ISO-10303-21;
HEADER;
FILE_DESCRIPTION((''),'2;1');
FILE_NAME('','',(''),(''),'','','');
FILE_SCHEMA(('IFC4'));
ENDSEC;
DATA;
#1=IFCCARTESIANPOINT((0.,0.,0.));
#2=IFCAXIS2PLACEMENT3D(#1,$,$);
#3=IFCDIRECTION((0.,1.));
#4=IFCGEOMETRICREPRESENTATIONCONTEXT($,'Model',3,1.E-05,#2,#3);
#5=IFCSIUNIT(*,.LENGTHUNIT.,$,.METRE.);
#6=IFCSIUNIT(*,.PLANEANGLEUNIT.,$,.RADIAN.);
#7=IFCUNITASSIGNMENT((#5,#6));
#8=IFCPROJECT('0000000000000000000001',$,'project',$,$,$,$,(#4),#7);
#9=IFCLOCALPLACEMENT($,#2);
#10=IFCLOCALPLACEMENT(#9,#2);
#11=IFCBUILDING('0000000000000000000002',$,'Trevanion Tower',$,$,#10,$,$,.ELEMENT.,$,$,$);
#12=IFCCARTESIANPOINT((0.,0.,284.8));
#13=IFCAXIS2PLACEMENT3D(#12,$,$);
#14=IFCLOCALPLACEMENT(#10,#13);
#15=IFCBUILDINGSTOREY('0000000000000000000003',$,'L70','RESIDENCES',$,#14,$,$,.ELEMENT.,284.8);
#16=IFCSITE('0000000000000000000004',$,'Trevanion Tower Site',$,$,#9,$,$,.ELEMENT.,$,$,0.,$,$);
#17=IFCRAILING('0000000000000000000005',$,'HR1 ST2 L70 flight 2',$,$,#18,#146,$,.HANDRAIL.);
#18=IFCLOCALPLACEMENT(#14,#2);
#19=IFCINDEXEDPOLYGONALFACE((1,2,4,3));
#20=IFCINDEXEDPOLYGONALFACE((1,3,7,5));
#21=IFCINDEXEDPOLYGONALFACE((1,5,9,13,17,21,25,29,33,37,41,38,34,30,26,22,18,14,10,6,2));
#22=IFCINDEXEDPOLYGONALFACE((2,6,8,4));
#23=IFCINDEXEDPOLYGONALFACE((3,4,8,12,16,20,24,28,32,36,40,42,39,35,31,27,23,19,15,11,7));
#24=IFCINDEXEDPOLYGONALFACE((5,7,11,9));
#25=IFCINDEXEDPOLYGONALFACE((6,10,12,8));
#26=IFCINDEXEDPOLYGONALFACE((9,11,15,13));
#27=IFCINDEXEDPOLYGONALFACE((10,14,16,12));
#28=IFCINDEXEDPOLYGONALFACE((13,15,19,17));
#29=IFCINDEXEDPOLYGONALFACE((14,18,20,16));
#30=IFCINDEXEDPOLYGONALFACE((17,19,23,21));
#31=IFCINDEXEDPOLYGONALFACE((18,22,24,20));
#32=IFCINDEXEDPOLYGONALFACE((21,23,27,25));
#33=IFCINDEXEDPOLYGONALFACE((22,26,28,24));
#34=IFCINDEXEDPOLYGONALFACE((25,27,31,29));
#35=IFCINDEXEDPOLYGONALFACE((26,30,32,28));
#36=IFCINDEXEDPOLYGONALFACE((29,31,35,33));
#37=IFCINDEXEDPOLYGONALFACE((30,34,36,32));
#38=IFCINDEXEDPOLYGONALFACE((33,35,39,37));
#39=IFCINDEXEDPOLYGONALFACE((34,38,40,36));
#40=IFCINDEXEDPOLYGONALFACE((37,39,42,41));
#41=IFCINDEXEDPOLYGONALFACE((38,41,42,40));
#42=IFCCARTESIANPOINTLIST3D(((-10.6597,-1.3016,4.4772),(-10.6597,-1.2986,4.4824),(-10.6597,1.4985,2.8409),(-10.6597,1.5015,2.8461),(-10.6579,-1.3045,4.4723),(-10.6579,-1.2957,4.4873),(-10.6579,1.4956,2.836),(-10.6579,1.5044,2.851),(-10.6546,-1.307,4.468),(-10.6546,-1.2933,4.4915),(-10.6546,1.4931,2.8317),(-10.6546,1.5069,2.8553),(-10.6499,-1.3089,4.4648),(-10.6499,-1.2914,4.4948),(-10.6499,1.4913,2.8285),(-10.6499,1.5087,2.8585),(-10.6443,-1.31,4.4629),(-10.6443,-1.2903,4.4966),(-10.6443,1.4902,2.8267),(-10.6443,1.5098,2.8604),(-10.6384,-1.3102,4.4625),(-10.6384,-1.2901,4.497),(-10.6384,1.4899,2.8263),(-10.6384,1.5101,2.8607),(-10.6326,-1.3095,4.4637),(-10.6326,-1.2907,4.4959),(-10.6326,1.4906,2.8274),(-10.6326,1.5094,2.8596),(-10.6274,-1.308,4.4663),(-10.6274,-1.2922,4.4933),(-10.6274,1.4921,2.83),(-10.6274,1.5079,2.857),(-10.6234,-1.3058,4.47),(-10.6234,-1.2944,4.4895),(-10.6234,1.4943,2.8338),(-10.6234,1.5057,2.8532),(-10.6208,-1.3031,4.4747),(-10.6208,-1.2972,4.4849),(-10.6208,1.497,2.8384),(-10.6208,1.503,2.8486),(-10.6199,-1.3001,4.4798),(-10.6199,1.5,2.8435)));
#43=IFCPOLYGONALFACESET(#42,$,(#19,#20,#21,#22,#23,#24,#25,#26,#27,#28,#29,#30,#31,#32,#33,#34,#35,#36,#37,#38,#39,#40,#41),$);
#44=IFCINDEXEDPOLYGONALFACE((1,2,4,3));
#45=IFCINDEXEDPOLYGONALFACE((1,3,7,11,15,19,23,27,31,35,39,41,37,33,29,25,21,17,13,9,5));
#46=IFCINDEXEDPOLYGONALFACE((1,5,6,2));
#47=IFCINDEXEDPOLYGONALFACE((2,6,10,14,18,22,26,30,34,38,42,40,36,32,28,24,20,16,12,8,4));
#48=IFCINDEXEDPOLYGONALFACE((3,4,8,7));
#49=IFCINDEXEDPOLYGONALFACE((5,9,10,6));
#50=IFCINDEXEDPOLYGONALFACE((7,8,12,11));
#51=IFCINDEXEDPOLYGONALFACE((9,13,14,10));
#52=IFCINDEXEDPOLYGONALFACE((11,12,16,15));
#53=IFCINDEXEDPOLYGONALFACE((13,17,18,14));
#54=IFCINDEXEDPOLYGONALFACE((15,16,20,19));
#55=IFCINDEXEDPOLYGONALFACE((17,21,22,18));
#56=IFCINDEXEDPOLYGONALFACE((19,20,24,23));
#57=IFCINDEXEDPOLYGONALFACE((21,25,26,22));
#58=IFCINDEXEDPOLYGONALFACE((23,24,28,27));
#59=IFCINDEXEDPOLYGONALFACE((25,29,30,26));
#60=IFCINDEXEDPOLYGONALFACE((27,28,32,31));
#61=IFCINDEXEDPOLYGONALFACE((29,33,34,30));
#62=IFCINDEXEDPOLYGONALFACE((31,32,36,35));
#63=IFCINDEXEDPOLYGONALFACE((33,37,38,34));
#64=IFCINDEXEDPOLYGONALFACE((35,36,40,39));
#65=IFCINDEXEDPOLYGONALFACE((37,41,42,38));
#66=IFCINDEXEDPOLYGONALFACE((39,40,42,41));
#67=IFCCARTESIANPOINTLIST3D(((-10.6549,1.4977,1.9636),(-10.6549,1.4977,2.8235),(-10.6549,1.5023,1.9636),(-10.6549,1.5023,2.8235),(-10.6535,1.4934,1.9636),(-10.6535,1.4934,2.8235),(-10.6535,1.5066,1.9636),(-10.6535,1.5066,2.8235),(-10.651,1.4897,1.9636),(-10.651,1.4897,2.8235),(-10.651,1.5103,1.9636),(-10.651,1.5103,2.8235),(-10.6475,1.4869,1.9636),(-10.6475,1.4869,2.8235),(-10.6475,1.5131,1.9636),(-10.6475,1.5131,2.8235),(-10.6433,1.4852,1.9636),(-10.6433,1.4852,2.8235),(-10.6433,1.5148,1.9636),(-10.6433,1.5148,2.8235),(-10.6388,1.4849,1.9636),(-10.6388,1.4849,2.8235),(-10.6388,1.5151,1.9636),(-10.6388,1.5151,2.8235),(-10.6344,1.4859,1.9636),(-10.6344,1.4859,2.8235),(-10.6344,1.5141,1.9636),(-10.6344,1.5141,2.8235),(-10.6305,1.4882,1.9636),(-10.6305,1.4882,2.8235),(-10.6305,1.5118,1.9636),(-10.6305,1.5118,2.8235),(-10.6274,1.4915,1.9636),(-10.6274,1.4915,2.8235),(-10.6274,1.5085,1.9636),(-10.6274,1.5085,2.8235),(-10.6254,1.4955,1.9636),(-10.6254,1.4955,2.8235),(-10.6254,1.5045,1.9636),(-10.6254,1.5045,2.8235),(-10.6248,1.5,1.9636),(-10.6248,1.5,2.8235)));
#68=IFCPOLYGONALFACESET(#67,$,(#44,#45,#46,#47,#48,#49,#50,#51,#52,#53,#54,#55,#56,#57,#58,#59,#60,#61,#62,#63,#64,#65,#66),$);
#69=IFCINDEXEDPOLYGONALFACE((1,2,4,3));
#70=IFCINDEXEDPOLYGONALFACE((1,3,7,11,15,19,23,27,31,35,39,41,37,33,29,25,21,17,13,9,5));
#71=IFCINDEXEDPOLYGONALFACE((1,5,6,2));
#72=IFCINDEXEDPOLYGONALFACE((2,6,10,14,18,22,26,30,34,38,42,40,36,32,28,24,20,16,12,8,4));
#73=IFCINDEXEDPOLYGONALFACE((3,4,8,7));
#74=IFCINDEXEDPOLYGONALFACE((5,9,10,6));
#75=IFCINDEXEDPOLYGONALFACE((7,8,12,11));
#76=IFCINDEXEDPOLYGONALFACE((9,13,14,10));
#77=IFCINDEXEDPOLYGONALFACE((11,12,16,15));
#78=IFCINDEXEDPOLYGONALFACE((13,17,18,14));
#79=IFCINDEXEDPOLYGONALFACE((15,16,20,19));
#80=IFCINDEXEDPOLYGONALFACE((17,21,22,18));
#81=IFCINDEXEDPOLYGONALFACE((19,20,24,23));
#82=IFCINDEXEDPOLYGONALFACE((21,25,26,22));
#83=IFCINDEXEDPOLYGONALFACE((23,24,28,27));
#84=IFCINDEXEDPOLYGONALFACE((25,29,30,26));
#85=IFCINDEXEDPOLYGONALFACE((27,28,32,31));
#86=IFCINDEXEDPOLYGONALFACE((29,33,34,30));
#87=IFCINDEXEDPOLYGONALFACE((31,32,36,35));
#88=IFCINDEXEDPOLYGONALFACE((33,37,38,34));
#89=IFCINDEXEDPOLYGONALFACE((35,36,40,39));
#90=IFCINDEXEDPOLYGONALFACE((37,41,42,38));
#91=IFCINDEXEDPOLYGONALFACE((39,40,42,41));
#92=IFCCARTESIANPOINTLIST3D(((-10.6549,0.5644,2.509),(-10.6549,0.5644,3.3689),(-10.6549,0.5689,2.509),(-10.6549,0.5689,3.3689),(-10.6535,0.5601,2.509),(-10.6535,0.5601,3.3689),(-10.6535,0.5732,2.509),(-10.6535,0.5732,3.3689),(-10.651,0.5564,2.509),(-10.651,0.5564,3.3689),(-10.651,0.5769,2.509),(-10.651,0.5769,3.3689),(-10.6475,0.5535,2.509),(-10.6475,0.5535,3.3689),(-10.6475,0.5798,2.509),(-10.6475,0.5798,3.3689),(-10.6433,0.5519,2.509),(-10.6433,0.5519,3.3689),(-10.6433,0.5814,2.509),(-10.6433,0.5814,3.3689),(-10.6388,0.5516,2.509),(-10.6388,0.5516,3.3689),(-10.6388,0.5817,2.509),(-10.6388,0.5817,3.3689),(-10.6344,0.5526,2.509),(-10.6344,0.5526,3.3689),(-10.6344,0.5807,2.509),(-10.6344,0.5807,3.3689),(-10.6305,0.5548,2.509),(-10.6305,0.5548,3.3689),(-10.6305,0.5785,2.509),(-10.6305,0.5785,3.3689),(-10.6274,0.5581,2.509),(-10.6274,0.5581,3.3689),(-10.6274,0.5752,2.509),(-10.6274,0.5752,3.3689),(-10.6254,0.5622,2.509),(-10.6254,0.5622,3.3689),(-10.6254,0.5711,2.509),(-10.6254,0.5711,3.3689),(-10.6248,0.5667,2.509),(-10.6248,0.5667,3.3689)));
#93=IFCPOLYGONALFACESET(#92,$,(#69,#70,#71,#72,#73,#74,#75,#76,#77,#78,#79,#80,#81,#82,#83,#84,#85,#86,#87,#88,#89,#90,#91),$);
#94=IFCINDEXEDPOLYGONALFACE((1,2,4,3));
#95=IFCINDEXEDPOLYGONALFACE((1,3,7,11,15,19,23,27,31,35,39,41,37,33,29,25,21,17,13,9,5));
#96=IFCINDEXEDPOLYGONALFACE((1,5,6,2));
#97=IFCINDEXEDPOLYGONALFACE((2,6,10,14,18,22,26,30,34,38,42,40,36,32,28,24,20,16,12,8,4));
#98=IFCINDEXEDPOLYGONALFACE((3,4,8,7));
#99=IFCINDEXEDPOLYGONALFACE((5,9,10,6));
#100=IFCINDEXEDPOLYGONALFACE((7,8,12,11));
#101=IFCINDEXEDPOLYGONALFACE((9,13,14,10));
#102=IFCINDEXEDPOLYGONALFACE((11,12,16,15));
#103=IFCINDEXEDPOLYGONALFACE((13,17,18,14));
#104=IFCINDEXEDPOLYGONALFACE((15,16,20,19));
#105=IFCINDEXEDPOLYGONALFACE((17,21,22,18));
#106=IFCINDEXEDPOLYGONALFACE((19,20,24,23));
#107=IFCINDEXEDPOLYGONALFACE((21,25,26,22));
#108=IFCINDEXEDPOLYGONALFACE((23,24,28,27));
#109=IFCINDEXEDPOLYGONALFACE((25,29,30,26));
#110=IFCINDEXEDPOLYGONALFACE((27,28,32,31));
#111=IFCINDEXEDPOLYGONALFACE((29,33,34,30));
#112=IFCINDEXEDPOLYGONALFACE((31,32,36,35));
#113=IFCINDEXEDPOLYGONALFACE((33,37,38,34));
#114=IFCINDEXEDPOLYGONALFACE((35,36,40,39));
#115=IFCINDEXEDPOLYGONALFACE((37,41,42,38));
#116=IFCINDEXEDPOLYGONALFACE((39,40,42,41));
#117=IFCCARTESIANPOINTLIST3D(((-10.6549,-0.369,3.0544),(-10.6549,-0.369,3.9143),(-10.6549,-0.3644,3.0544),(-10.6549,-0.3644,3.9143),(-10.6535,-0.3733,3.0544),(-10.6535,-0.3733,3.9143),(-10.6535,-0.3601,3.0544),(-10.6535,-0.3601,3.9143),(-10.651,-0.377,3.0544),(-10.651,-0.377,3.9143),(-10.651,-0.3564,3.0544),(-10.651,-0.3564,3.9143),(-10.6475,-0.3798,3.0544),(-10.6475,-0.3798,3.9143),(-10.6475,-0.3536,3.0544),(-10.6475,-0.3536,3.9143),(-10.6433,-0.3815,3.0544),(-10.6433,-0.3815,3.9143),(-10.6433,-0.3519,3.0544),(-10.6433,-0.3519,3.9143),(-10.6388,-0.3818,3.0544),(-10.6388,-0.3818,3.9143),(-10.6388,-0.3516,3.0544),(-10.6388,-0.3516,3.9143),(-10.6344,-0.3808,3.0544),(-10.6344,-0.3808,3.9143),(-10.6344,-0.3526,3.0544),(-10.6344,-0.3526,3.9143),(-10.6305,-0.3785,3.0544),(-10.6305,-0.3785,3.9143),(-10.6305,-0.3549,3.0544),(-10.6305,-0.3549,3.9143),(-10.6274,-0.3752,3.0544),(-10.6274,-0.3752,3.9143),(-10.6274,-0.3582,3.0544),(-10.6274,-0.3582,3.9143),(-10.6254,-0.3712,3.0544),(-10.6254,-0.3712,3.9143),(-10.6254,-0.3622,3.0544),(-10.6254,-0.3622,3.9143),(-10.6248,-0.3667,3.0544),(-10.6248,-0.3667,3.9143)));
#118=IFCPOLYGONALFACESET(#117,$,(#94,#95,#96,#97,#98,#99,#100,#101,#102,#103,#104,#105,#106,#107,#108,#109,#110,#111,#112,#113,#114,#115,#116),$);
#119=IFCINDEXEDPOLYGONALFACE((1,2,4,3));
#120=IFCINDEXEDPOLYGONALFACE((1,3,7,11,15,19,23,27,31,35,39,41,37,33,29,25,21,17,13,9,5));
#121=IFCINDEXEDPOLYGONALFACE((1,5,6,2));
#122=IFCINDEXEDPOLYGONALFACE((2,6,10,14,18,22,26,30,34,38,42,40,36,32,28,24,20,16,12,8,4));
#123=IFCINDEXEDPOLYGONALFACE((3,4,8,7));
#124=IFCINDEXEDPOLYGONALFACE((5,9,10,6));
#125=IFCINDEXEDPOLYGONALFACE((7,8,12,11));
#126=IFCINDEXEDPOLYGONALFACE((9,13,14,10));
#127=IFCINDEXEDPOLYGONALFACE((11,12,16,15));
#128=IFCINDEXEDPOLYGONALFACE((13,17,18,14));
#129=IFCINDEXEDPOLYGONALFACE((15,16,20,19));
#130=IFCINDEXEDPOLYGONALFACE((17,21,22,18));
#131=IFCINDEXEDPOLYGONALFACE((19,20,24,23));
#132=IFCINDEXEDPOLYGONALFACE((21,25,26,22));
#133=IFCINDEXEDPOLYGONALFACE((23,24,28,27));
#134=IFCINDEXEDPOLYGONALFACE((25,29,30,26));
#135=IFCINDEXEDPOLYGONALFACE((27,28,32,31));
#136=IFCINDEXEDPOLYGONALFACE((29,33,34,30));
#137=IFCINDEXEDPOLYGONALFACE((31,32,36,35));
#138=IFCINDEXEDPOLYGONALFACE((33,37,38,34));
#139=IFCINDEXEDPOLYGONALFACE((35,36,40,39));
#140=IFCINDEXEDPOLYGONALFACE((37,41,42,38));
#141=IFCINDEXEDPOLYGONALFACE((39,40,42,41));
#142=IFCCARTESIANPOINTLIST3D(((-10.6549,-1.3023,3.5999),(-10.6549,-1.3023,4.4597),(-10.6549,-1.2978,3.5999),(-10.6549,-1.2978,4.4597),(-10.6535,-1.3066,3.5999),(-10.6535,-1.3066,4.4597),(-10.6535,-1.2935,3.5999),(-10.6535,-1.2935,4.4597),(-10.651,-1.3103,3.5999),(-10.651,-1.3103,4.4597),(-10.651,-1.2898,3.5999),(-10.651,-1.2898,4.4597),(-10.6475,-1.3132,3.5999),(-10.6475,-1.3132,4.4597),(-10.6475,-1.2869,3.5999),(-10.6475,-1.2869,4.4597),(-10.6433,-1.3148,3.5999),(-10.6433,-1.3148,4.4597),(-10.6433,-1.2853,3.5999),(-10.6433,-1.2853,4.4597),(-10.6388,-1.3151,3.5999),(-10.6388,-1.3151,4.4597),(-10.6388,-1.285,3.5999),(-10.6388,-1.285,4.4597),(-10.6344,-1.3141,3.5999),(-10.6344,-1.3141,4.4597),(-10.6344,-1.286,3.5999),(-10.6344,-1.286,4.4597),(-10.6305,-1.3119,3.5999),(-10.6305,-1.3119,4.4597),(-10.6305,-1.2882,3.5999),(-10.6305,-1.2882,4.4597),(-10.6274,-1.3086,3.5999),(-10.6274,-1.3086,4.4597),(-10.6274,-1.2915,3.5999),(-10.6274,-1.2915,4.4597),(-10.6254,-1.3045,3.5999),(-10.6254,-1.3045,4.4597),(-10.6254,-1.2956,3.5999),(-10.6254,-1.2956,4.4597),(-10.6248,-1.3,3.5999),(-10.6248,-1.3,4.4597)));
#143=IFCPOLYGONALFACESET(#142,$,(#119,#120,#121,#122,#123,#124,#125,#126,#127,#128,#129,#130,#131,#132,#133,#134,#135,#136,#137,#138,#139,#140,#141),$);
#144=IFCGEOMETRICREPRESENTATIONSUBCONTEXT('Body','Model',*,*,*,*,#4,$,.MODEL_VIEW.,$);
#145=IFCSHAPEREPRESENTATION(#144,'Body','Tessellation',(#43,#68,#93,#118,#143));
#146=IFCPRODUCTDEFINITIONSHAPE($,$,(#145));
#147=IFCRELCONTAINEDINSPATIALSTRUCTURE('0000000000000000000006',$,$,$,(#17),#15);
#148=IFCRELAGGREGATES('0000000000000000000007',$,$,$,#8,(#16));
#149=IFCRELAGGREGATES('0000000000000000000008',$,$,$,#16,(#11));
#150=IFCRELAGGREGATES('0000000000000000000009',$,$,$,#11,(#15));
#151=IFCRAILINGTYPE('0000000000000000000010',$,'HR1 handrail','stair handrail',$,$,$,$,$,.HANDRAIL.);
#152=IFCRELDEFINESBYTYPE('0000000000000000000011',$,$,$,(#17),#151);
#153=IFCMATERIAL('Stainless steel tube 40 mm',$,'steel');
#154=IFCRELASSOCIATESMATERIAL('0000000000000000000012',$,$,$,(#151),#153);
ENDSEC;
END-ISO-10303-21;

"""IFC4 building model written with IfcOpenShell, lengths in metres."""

from ifc_helpers import new_model, si_unit, direction, frame, origin, origin_2d, place, context, subcontext, project, spatial, circle, extrude, material, type_object, element, save


model = new_model("IFC4")

# Units and contexts
model_context = context("Model", 3, precision=1e-05, world=origin(), true_north=direction((0.0, 1.0)))
body_context = subcontext(model_context, "Body", "Model", "MODEL_VIEW")
ifc_project = project(units=[si_unit("LENGTHUNIT", "METRE"), si_unit("PLANEANGLEUNIT", "RADIAN")], contexts=[model_context])

# Site, building, storey
site_placement = place(None, origin())
site = spatial("IfcSite", under=ifc_project, at=site_placement, Name="Trevanion Tower Site", CompositionType="ELEMENT", RefElevation=0.0)
building_placement = place(site_placement, origin())
building = spatial("IfcBuilding", under=site, at=building_placement, Name="Trevanion Tower", CompositionType="ELEMENT")
storey_placement = place(building_placement, frame((0.0, 0.0, 284.8)))
storey = spatial("IfcBuildingStorey", under=building, at=storey_placement, Name="L70", Description="RESIDENCES", CompositionType="ELEMENT", Elevation=284.8)

# Railing
ifc_material_1 = material(Name="Stainless steel tube 40 mm", Category="steel")
railing_type = type_object("IfcRailingType", Name="HR1 handrail", Description="stair handrail", PredefinedType="HANDRAIL", material=ifc_material_1)
for number, where, name in (
    (1, (-10.6399, 1.5, 1.9636), "HR1 ST2 L70 flight 2"),
):
    element("IfcRailing", number, at=place(storey_placement, frame(where)), inside=storey, type_object=railing_type, Name=name, PredefinedType="HANDRAIL", context=body_context, shape_type="SweptSolid", body=[
        extrude(circle(Radius=0.02, at=origin_2d()), frame((0.0, 0.0, 0.8799), z_axis=(0.0, -0.863394, 0.504531), x_axis=(1.0, 0.0, 0.0)), (0.0, 0.0, 1.0), 3.2432),
        extrude(circle(Radius=0.0151, at=origin_2d()), origin(), (0.0, 0.0, 1.0), 0.8599),
        extrude(circle(Radius=0.0151, at=origin_2d()), frame((0.0, -0.9333, 0.5454)), (0.0, 0.0, 1.0), 0.8599),
        extrude(circle(Radius=0.0151, at=origin_2d()), frame((0.0, -1.8667, 1.0908)), (0.0, 0.0, 1.0), 0.8599),
        extrude(circle(Radius=0.0151, at=origin_2d()), frame((0.0, -2.8, 1.6362)), (0.0, 0.0, 1.0), 0.8599),
    ])

save(model, "model.ifc")
